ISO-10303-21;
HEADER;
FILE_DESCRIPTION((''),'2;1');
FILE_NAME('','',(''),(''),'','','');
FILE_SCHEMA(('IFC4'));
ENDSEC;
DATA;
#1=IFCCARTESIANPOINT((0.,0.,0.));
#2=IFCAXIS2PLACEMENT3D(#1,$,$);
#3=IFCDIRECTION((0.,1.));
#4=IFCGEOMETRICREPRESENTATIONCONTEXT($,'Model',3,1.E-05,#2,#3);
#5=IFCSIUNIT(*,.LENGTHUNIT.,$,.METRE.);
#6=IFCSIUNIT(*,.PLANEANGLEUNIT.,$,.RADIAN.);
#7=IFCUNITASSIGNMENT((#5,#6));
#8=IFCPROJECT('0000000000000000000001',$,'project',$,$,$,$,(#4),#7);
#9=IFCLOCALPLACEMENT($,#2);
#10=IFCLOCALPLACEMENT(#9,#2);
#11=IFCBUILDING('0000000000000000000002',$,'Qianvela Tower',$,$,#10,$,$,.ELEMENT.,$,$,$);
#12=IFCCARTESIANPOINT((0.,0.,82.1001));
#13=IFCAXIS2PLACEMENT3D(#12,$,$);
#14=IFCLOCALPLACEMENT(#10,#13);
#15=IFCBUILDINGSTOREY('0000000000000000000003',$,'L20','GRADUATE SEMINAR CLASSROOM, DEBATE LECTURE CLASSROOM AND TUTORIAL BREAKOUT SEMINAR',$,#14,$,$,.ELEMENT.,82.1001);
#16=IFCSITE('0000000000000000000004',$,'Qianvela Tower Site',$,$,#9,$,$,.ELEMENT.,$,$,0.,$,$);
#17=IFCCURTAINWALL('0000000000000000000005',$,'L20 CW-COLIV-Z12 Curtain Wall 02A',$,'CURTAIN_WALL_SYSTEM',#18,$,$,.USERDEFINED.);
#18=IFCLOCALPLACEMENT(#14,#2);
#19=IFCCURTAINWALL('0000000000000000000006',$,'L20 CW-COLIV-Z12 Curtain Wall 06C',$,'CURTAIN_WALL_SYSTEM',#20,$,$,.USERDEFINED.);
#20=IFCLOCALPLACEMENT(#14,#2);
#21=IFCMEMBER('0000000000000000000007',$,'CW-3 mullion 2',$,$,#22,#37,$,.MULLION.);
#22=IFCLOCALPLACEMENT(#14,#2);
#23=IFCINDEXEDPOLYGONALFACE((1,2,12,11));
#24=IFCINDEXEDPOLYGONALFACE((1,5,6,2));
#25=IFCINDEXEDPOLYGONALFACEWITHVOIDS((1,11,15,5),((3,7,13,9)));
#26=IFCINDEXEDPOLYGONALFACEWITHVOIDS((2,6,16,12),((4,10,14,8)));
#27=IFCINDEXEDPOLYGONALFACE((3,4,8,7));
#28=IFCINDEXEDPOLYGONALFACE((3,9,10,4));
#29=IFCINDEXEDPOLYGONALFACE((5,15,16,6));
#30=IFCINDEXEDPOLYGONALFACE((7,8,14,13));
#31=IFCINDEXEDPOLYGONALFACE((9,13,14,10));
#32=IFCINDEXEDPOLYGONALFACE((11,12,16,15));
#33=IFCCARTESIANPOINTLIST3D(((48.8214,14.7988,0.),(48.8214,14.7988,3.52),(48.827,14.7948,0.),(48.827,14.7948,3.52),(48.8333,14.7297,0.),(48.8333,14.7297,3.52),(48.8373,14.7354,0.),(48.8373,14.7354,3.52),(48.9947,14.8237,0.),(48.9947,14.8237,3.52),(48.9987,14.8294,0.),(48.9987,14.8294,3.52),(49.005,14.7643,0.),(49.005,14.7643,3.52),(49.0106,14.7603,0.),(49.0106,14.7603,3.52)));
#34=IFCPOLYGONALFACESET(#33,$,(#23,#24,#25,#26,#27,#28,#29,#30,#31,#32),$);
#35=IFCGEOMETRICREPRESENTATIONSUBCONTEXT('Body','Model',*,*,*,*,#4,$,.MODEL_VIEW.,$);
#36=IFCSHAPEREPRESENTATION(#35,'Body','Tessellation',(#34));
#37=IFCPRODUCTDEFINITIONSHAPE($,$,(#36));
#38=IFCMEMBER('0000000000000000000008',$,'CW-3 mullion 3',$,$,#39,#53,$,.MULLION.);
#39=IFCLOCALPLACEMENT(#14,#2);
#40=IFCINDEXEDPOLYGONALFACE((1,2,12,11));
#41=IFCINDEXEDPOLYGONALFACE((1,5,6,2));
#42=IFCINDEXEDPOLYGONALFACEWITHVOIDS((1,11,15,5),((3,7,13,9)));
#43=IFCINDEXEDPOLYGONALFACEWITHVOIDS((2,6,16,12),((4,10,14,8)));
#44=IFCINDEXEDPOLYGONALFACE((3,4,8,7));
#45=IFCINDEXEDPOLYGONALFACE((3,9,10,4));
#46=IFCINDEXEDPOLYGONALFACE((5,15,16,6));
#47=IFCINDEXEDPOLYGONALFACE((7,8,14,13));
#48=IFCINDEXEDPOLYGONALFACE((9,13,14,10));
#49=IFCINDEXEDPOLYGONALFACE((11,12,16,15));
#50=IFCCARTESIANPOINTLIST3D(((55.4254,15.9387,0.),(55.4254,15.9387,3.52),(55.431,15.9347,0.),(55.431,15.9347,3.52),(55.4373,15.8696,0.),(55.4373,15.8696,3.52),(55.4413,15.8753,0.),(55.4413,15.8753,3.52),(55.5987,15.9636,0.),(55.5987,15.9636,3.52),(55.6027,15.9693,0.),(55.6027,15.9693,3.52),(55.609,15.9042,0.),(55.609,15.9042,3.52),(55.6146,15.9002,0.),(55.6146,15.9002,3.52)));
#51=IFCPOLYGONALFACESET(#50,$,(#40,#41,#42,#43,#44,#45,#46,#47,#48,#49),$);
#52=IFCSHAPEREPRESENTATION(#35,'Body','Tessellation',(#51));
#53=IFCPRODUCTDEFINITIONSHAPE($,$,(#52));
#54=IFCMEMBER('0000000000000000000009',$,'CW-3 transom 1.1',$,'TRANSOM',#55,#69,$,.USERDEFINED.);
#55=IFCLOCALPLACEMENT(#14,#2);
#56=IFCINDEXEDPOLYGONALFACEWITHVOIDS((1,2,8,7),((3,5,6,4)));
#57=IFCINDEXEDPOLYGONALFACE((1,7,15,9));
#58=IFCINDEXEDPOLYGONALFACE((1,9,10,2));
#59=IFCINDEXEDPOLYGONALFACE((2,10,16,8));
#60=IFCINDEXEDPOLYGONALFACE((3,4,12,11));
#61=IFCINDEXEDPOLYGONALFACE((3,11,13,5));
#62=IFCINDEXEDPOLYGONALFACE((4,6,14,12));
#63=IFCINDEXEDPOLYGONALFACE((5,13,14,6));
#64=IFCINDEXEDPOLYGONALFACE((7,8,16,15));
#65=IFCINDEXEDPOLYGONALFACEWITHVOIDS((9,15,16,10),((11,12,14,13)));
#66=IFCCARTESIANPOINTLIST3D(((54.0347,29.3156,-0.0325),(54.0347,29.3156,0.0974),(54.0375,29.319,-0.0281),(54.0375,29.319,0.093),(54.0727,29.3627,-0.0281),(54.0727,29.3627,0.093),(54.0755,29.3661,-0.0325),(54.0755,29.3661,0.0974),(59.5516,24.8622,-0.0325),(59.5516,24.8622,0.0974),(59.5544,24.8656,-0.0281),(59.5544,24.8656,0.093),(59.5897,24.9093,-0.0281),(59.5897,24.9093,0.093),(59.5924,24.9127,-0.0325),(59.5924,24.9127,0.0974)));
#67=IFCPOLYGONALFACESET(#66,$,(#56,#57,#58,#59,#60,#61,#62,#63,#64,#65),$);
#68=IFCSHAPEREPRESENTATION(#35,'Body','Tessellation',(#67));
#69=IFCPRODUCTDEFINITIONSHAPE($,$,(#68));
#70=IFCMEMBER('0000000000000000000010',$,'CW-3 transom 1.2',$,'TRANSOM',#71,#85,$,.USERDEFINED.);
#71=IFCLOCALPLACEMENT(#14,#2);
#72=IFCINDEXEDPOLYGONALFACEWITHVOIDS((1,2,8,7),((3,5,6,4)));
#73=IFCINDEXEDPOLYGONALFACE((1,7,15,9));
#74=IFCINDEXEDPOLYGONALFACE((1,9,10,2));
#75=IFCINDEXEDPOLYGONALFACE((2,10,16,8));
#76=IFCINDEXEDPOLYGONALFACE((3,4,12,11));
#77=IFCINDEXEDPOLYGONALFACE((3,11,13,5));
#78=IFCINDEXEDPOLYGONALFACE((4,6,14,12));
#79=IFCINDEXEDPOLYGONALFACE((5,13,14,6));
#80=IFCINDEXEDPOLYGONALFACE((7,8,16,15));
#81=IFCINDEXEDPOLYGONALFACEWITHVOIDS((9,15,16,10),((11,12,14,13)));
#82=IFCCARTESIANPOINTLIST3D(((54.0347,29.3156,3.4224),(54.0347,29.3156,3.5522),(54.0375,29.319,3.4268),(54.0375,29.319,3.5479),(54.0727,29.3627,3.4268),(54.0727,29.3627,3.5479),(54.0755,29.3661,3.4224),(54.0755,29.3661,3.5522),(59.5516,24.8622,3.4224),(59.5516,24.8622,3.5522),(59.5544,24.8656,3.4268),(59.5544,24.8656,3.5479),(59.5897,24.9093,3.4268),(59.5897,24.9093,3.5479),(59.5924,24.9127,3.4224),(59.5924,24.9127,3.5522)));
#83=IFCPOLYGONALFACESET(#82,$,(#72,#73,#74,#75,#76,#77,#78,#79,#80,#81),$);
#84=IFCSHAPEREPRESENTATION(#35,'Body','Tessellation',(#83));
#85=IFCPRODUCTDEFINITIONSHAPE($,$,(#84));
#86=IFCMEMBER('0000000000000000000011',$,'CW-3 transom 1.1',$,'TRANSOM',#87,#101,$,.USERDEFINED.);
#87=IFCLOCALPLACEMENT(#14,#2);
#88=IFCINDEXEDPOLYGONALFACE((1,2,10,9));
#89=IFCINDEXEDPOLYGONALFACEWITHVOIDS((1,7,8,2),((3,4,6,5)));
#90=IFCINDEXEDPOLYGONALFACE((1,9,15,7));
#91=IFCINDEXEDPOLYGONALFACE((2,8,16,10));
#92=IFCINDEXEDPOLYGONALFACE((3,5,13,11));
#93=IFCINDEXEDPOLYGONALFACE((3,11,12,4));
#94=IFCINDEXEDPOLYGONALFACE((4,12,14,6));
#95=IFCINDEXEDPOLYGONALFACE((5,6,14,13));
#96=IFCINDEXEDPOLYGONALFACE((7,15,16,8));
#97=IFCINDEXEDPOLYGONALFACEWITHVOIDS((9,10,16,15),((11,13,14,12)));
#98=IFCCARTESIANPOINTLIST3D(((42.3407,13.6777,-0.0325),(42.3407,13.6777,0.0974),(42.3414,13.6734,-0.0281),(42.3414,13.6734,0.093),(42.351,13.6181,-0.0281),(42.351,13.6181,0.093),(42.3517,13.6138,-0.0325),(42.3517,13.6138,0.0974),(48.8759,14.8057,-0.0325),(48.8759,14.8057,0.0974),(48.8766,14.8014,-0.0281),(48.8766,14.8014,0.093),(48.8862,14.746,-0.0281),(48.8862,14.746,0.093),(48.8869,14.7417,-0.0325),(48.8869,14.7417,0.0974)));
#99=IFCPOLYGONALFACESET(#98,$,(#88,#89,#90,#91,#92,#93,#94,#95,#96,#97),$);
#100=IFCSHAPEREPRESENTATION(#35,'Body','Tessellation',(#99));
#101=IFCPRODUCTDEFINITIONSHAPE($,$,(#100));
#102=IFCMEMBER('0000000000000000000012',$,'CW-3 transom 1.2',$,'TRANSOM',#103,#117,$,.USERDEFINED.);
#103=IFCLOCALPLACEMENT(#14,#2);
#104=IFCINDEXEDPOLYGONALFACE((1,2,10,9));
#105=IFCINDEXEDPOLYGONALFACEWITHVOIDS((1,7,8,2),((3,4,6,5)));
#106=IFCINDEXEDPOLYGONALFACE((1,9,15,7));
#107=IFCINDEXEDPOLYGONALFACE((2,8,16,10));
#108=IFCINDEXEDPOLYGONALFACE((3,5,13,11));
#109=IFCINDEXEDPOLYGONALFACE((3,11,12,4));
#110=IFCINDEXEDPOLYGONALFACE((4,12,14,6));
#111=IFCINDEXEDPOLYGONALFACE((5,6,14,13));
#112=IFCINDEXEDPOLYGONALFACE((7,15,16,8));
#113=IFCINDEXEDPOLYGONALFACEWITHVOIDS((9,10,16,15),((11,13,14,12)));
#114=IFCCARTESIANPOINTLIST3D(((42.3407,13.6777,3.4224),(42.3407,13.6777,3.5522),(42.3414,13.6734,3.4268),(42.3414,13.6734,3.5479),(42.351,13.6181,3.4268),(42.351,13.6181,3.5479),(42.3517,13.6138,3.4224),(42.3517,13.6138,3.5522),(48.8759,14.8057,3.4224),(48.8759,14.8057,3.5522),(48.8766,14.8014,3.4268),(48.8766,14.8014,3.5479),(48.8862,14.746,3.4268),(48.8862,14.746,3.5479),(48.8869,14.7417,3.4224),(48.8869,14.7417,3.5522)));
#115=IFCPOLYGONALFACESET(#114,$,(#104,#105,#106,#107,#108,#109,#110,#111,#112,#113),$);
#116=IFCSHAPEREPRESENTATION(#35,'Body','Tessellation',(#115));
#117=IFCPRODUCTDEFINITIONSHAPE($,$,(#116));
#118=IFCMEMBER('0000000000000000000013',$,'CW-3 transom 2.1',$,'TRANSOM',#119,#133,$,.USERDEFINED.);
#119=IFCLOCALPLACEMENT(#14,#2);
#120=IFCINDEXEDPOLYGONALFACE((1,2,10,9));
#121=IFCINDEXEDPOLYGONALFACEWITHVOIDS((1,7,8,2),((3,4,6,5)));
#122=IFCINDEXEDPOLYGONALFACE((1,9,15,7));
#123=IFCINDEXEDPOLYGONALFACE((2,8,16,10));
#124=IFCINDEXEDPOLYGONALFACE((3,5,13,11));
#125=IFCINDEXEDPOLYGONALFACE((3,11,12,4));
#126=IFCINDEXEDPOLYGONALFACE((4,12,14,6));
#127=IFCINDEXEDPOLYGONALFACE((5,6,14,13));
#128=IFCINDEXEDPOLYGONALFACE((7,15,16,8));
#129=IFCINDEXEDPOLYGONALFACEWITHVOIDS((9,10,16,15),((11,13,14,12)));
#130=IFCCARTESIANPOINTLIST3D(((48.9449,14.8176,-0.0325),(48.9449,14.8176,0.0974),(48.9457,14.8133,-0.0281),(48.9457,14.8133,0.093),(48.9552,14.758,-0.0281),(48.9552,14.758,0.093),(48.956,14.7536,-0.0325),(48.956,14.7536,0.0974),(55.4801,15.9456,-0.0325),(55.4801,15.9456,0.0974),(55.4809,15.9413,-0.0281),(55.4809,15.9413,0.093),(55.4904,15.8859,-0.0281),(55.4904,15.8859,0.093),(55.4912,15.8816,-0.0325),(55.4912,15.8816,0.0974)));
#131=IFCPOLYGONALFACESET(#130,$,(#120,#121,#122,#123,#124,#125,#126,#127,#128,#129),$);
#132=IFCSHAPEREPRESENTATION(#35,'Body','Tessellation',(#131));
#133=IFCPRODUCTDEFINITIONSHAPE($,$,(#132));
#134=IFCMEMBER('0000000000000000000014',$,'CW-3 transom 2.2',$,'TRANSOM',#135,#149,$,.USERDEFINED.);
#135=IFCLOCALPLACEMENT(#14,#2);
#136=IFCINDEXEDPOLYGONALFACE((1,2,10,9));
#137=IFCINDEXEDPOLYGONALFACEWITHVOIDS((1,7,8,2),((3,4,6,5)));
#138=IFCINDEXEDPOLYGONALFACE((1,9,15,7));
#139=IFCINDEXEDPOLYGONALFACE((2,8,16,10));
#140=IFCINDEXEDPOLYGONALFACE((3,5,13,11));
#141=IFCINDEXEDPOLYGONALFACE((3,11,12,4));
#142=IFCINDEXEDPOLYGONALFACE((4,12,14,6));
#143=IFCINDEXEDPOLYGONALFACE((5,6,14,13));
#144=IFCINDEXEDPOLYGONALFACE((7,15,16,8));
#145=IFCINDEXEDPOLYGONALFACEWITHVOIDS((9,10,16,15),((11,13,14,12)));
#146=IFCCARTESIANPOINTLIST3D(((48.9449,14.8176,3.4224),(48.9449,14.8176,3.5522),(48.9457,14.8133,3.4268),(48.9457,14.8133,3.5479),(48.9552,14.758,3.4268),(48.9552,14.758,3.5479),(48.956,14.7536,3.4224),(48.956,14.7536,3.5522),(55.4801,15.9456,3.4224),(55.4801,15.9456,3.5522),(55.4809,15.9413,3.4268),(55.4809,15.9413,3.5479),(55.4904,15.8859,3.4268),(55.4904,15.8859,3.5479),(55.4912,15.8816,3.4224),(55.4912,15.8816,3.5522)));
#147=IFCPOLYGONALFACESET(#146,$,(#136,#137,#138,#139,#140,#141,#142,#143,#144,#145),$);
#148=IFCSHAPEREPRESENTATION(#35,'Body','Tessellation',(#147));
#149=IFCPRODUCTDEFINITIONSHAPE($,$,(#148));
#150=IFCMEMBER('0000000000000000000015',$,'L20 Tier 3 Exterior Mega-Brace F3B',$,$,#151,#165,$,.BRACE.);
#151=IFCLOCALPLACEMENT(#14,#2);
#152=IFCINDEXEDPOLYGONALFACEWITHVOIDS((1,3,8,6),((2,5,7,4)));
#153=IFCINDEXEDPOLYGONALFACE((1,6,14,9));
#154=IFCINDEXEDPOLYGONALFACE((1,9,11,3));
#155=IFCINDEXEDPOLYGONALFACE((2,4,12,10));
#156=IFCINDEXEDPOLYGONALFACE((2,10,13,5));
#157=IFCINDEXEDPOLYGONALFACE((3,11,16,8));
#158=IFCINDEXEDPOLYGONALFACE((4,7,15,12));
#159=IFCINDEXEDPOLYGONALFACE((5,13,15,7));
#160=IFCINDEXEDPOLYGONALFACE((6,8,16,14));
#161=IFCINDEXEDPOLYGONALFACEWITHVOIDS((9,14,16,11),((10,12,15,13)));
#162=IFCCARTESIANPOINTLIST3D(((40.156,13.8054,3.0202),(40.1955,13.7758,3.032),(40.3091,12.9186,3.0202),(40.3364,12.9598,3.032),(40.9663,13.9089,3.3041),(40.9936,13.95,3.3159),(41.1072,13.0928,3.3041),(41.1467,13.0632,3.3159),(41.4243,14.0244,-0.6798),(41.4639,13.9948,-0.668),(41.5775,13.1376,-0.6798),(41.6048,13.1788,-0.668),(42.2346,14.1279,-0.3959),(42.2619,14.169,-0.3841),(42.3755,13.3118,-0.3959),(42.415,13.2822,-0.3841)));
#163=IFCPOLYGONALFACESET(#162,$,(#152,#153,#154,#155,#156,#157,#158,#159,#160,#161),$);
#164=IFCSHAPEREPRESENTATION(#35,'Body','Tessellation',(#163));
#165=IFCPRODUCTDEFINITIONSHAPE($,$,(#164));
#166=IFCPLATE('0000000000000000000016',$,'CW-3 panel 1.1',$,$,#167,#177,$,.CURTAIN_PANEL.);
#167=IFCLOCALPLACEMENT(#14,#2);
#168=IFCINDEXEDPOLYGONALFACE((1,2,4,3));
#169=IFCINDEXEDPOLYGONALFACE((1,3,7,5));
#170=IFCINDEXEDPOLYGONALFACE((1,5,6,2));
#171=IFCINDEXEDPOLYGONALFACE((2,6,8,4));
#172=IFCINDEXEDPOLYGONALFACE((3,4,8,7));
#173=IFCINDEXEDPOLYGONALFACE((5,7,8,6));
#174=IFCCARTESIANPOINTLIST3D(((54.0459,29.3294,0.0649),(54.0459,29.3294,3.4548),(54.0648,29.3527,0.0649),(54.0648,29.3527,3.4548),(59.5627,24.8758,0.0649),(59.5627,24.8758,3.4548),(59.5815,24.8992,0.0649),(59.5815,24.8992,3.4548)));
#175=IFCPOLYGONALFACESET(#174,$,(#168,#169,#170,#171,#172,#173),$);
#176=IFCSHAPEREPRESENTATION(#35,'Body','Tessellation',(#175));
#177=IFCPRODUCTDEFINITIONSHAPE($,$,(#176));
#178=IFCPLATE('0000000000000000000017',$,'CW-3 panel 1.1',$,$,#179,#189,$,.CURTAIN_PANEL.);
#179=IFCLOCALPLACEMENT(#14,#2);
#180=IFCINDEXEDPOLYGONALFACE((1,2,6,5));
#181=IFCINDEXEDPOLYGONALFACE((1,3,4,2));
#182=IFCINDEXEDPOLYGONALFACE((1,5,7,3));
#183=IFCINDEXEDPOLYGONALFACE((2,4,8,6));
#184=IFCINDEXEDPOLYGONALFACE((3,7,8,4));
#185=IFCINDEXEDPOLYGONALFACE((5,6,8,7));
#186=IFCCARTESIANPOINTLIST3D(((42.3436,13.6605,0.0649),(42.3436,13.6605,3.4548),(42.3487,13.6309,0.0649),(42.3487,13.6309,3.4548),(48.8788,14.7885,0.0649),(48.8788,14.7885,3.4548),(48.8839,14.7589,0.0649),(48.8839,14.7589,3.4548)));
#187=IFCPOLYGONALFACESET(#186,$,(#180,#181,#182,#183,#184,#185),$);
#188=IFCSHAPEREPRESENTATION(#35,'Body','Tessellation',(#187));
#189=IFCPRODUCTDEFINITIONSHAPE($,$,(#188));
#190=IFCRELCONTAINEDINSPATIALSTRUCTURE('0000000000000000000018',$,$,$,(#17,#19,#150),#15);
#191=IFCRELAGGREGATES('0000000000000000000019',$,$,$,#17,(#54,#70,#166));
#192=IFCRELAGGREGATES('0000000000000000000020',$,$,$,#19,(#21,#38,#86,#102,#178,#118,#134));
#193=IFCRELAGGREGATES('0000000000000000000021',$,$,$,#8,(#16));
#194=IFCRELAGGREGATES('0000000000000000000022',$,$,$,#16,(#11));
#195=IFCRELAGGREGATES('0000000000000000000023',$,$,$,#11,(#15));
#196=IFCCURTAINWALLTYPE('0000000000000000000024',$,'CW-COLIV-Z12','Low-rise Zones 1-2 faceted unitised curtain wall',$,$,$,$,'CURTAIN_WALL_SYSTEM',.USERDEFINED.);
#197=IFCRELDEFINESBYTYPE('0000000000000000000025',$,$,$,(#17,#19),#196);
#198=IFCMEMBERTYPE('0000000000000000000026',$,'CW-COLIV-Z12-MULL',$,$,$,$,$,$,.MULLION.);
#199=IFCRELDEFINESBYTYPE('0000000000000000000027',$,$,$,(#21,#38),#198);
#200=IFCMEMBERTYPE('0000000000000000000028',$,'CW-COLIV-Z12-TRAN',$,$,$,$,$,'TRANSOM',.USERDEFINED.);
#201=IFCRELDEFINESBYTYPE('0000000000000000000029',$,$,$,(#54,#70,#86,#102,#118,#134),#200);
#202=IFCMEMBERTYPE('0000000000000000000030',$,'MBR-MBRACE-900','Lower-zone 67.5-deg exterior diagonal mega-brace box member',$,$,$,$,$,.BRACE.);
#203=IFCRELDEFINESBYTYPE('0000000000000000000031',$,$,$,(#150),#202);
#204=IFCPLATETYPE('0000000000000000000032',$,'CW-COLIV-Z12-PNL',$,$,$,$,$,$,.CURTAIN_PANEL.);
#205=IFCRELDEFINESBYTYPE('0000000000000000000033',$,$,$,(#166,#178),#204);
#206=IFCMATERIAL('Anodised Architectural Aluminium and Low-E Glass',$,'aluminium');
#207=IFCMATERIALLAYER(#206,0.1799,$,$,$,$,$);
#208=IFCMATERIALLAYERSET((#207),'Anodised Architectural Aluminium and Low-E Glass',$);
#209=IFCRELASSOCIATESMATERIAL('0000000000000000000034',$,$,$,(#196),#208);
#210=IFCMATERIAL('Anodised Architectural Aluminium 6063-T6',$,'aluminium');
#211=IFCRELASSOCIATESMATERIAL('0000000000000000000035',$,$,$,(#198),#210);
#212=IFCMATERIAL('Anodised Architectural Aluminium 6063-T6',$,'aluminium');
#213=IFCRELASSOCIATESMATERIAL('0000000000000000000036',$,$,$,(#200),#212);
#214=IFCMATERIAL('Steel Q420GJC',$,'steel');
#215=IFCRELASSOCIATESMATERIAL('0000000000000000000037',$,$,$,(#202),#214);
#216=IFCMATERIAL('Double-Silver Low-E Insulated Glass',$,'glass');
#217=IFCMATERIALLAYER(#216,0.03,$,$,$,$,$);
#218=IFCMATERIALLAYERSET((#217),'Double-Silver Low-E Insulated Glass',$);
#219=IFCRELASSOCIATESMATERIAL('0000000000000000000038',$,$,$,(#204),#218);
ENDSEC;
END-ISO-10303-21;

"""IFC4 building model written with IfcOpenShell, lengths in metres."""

from ifc_helpers import new_model, si_unit, direction, frame, origin, origin_2d, place, context, subcontext, project, spatial, rectangle, hollow_rectangle, extrude, material, layer, layer_set, material_profile, profile_set, type_object, element, aggregate, save


model = new_model("IFC4")

# Units and contexts
model_context = context("Model", 3, precision=1e-05, world=origin(), true_north=direction((0.0, 1.0)))
body_context = subcontext(model_context, "Body", "Model", "MODEL_VIEW")
ifc_project = project(units=[si_unit("LENGTHUNIT", "METRE"), si_unit("PLANEANGLEUNIT", "RADIAN")], contexts=[model_context])

# Site, building, storey
site_placement = place(None, origin())
site = spatial("IfcSite", under=ifc_project, at=site_placement, Name="Qianvela Tower Site", CompositionType="ELEMENT", RefElevation=0.0)
building_placement = place(site_placement, origin())
building = spatial("IfcBuilding", under=site, at=building_placement, Name="Qianvela Tower", CompositionType="ELEMENT")
storey_placement = place(building_placement, frame((0.0, 0.0, 82.1001)))
storey = spatial("IfcBuildingStorey", under=building, at=storey_placement, Name="L20", Description="GRADUATE SEMINAR CLASSROOM, DEBATE LECTURE CLASSROOM AND TUTORIAL BREAKOUT SEMINAR", CompositionType="ELEMENT", Elevation=82.1001)

# Curtain wall
ifc_material_1 = material(Name="Anodised Architectural Aluminium and Low-E Glass", Category="aluminium")
ifc_layer_1 = layer(ifc_material_1, 0.1799)
ifc_layer_set_1 = layer_set([ifc_layer_1], Name="Anodised Architectural Aluminium and Low-E Glass")
curtain_wall_type_1 = type_object("IfcCurtainWallType", Name="CW-COLIV-Z12", Description="Low-rise Zones 1-2 faceted unitised curtain wall", ElementType="CURTAIN_WALL_SYSTEM", PredefinedType="USERDEFINED", material=ifc_layer_set_1)
curtain_wall_1_placement = place(storey_placement, origin())
curtain_wall_1 = element("IfcCurtainWall", 1, at=curtain_wall_1_placement, inside=storey, type_object=curtain_wall_type_1, Name="L20 CW-COLIV-Z12 Curtain Wall 02A", ObjectType="CURTAIN_WALL_SYSTEM", PredefinedType="USERDEFINED")
ifc_material_2 = material(Name="Anodised Architectural Aluminium 6063-T6", Category="aluminium")
ifc_material_profile_1 = material_profile(ifc_material_2, hollow_rectangle(XDim=0.0701, YDim=0.1799, WallThickness=0.0049, at=origin_2d()), Name="ALU-MULL-70x180")
ifc_profile_set_1 = profile_set([ifc_material_profile_1], Name="Anodised Architectural Aluminium 6063-T6")
member_type_1 = type_object("IfcMemberType", Name="CW-COLIV-Z12-MULL", PredefinedType="MULLION", material=ifc_profile_set_1)

# Curtain wall, members
curtain_wall_2_placement = place(storey_placement, origin())
curtain_wall_2 = element("IfcCurtainWall", 2, at=curtain_wall_2_placement, inside=storey, type_object=curtain_wall_type_1, Name="L20 CW-COLIV-Z12 Curtain Wall 06C", ObjectType="CURTAIN_WALL_SYSTEM", PredefinedType="USERDEFINED")
member_1_placement = place(storey_placement, frame((48.916, 14.7795, 0.0), z_axis=(0.0, 0.0, 1.0), x_axis=(-0.170087, 0.985429, 0.0)))
member_1 = element("IfcMember", 3, at=member_1_placement, type_object=member_type_1, Name="CW-3 mullion 2", PredefinedType="MULLION", context=body_context, shape_type="SweptSolid", body=[
    extrude(hollow_rectangle(XDim=0.0701, YDim=0.1799, WallThickness=0.0049, at=origin_2d()), origin(), (0.0, 0.0, 1.0), 3.52),
])
member_2_placement = place(storey_placement, frame((55.52, 15.9194, 0.0), z_axis=(0.0, 0.0, 1.0), x_axis=(-0.170087, 0.985429, 0.0)))
member_2 = element("IfcMember", 4, at=member_2_placement, type_object=member_type_1, Name="CW-3 mullion 3", PredefinedType="MULLION", context=body_context, shape_type="SweptSolid", body=[
    extrude(hollow_rectangle(XDim=0.0701, YDim=0.1799, WallThickness=0.0049, at=origin_2d()), origin(), (0.0, 0.0, 1.0), 3.52),
])

# Members
ifc_material_3 = material(Name="Anodised Architectural Aluminium 6063-T6", Category="aluminium")
ifc_material_profile_2 = material_profile(ifc_material_3, hollow_rectangle(XDim=0.0649, YDim=0.1299, WallThickness=0.0044, at=origin_2d()), Name="ALU-TRAN-65x130")
ifc_profile_set_2 = profile_set([ifc_material_profile_2], Name="Anodised Architectural Aluminium 6063-T6")
member_type_2 = type_object("IfcMemberType", Name="CW-COLIV-Z12-TRAN", ElementType="TRANSOM", PredefinedType="USERDEFINED", material=ifc_profile_set_2)
member_3_placement = place(storey_placement, frame((59.572, 24.8875, 0.0325), z_axis=(-0.778117, 0.62812, 0.0), x_axis=(-0.62812, -0.778117, 0.0)))
member_3 = element("IfcMember", 5, at=member_3_placement, type_object=member_type_2, Name="CW-3 transom 1.1", ObjectType="TRANSOM", PredefinedType="USERDEFINED", context=body_context, shape_type="SweptSolid", body=[
    extrude(hollow_rectangle(XDim=0.0649, YDim=0.1299, WallThickness=0.0044, at=origin_2d()), origin(), (0.0, 0.0, 1.0), 7.0901),
])
member_4_placement = place(storey_placement, frame((59.572, 24.8875, 3.4873), z_axis=(-0.778117, 0.62812, 0.0), x_axis=(-0.62812, -0.778117, 0.0)))
member_4 = element("IfcMember", 6, at=member_4_placement, type_object=member_type_2, Name="CW-3 transom 1.2", ObjectType="TRANSOM", PredefinedType="USERDEFINED", context=body_context, shape_type="SweptSolid", body=[
    extrude(hollow_rectangle(XDim=0.0649, YDim=0.1299, WallThickness=0.0044, at=origin_2d()), origin(), (0.0, 0.0, 1.0), 7.0901),
])
member_5_placement = place(storey_placement, frame((42.3462, 13.6458, 0.0325), z_axis=(0.98543, 0.17008, 0.0), x_axis=(-0.17008, 0.98543, 0.0)))
member_5 = element("IfcMember", 7, at=member_5_placement, type_object=member_type_2, Name="CW-3 transom 1.1", ObjectType="TRANSOM", PredefinedType="USERDEFINED", context=body_context, shape_type="SweptSolid", body=[
    extrude(hollow_rectangle(XDim=0.0649, YDim=0.1299, WallThickness=0.0044, at=origin_2d()), origin(), (0.0, 0.0, 1.0), 6.6318),
])
member_6_placement = place(storey_placement, frame((42.3462, 13.6458, 3.4873), z_axis=(0.98543, 0.17008, 0.0), x_axis=(-0.17008, 0.98543, 0.0)))
member_6 = element("IfcMember", 8, at=member_6_placement, type_object=member_type_2, Name="CW-3 transom 1.2", ObjectType="TRANSOM", PredefinedType="USERDEFINED", context=body_context, shape_type="SweptSolid", body=[
    extrude(hollow_rectangle(XDim=0.0649, YDim=0.1299, WallThickness=0.0044, at=origin_2d()), origin(), (0.0, 0.0, 1.0), 6.6318),
])
member_7_placement = place(storey_placement, frame((48.9504, 14.7856, 0.0325), z_axis=(0.98543, 0.17008, 0.0), x_axis=(-0.17008, 0.98543, 0.0)))
member_7 = element("IfcMember", 9, at=member_7_placement, type_object=member_type_2, Name="CW-3 transom 2.1", ObjectType="TRANSOM", PredefinedType="USERDEFINED", context=body_context, shape_type="SweptSolid", body=[
    extrude(hollow_rectangle(XDim=0.0649, YDim=0.1299, WallThickness=0.0044, at=origin_2d()), origin(), (0.0, 0.0, 1.0), 6.6318),
])
member_8_placement = place(storey_placement, frame((48.9504, 14.7856, 3.4873), z_axis=(0.98543, 0.17008, 0.0), x_axis=(-0.17008, 0.98543, 0.0)))
member_8 = element("IfcMember", 10, at=member_8_placement, type_object=member_type_2, Name="CW-3 transom 2.2", ObjectType="TRANSOM", PredefinedType="USERDEFINED", context=body_context, shape_type="SweptSolid", body=[
    extrude(hollow_rectangle(XDim=0.0649, YDim=0.1299, WallThickness=0.0044, at=origin_2d()), origin(), (0.0, 0.0, 1.0), 6.6318),
])
ifc_material_4 = material(Name="Steel Q420GJC", Category="steel")
ifc_material_profile_3 = material_profile(ifc_material_4, hollow_rectangle(XDim=0.8999, YDim=0.8999, WallThickness=0.0359, at=origin_2d()), Name="MBOX-900x900x36")
ifc_profile_set_3 = profile_set([ifc_material_profile_3], Name="Steel Q420GJC")
member_type_3 = type_object("IfcMemberType", Name="MBR-MBRACE-900", Description="Lower-zone 67.5-deg exterior diagonal mega-brace box member", PredefinedType="BRACE", material=ifc_profile_set_3)
member_9_placement = place(storey_placement, frame((41.9197, 13.6533, -0.532), z_axis=(-0.323761, -0.055903, 0.944486), x_axis=(0.170148, -0.985418, 0.0)))
element("IfcMember", 11, at=member_9_placement, inside=storey, type_object=member_type_3, Name="L20 Tier 3 Exterior Mega-Brace F3B", PredefinedType="BRACE", context=body_context, shape_type="SweptSolid", body=[
    extrude(hollow_rectangle(XDim=0.8999, YDim=0.8999, WallThickness=0.0359, at=origin_2d()), origin(), (0.0, 0.0, 1.0), 3.9175),
])

# Plates
ifc_material_5 = material(Name="Double-Silver Low-E Insulated Glass", Category="glass")
ifc_layer_2 = layer(ifc_material_5, 0.03)
ifc_layer_set_2 = layer_set([ifc_layer_2], Name="Double-Silver Low-E Insulated Glass")
plate_type_1 = type_object("IfcPlateType", Name="CW-COLIV-Z12-PNL", PredefinedType="CURTAIN_PANEL", material=ifc_layer_set_2)
plate_1_placement = place(storey_placement, frame((56.8137, 27.1143, 0.0649), z_axis=(0.0, 0.0, 1.0), x_axis=(-0.778099, 0.628142, 0.0)))
plate_1 = element("IfcPlate", 12, at=plate_1_placement, type_object=plate_type_1, Name="CW-3 panel 1.1", PredefinedType="CURTAIN_PANEL", context=body_context, shape_type="SweptSolid", body=[
    extrude(rectangle(XDim=7.0901, YDim=0.03, at=origin_2d()), origin(), (0.0, 0.0, 1.0), 3.3899),
])
aggregate(curtain_wall_1, [member_3, member_4, plate_1])
plate_2_placement = place(storey_placement, frame((45.6138, 14.2097, 0.0649), z_axis=(0.0, 0.0, 1.0), x_axis=(0.985429, 0.170087, 0.0)))
plate_2 = element("IfcPlate", 13, at=plate_2_placement, type_object=plate_type_1, Name="CW-3 panel 1.1", PredefinedType="CURTAIN_PANEL", context=body_context, shape_type="SweptSolid", body=[
    extrude(rectangle(XDim=6.6318, YDim=0.03, at=origin_2d()), origin(), (0.0, 0.0, 1.0), 3.3899),
])
aggregate(curtain_wall_2, [member_1, member_2, member_5, member_6, plate_2, member_7, member_8])

save(model, "model.ifc")
